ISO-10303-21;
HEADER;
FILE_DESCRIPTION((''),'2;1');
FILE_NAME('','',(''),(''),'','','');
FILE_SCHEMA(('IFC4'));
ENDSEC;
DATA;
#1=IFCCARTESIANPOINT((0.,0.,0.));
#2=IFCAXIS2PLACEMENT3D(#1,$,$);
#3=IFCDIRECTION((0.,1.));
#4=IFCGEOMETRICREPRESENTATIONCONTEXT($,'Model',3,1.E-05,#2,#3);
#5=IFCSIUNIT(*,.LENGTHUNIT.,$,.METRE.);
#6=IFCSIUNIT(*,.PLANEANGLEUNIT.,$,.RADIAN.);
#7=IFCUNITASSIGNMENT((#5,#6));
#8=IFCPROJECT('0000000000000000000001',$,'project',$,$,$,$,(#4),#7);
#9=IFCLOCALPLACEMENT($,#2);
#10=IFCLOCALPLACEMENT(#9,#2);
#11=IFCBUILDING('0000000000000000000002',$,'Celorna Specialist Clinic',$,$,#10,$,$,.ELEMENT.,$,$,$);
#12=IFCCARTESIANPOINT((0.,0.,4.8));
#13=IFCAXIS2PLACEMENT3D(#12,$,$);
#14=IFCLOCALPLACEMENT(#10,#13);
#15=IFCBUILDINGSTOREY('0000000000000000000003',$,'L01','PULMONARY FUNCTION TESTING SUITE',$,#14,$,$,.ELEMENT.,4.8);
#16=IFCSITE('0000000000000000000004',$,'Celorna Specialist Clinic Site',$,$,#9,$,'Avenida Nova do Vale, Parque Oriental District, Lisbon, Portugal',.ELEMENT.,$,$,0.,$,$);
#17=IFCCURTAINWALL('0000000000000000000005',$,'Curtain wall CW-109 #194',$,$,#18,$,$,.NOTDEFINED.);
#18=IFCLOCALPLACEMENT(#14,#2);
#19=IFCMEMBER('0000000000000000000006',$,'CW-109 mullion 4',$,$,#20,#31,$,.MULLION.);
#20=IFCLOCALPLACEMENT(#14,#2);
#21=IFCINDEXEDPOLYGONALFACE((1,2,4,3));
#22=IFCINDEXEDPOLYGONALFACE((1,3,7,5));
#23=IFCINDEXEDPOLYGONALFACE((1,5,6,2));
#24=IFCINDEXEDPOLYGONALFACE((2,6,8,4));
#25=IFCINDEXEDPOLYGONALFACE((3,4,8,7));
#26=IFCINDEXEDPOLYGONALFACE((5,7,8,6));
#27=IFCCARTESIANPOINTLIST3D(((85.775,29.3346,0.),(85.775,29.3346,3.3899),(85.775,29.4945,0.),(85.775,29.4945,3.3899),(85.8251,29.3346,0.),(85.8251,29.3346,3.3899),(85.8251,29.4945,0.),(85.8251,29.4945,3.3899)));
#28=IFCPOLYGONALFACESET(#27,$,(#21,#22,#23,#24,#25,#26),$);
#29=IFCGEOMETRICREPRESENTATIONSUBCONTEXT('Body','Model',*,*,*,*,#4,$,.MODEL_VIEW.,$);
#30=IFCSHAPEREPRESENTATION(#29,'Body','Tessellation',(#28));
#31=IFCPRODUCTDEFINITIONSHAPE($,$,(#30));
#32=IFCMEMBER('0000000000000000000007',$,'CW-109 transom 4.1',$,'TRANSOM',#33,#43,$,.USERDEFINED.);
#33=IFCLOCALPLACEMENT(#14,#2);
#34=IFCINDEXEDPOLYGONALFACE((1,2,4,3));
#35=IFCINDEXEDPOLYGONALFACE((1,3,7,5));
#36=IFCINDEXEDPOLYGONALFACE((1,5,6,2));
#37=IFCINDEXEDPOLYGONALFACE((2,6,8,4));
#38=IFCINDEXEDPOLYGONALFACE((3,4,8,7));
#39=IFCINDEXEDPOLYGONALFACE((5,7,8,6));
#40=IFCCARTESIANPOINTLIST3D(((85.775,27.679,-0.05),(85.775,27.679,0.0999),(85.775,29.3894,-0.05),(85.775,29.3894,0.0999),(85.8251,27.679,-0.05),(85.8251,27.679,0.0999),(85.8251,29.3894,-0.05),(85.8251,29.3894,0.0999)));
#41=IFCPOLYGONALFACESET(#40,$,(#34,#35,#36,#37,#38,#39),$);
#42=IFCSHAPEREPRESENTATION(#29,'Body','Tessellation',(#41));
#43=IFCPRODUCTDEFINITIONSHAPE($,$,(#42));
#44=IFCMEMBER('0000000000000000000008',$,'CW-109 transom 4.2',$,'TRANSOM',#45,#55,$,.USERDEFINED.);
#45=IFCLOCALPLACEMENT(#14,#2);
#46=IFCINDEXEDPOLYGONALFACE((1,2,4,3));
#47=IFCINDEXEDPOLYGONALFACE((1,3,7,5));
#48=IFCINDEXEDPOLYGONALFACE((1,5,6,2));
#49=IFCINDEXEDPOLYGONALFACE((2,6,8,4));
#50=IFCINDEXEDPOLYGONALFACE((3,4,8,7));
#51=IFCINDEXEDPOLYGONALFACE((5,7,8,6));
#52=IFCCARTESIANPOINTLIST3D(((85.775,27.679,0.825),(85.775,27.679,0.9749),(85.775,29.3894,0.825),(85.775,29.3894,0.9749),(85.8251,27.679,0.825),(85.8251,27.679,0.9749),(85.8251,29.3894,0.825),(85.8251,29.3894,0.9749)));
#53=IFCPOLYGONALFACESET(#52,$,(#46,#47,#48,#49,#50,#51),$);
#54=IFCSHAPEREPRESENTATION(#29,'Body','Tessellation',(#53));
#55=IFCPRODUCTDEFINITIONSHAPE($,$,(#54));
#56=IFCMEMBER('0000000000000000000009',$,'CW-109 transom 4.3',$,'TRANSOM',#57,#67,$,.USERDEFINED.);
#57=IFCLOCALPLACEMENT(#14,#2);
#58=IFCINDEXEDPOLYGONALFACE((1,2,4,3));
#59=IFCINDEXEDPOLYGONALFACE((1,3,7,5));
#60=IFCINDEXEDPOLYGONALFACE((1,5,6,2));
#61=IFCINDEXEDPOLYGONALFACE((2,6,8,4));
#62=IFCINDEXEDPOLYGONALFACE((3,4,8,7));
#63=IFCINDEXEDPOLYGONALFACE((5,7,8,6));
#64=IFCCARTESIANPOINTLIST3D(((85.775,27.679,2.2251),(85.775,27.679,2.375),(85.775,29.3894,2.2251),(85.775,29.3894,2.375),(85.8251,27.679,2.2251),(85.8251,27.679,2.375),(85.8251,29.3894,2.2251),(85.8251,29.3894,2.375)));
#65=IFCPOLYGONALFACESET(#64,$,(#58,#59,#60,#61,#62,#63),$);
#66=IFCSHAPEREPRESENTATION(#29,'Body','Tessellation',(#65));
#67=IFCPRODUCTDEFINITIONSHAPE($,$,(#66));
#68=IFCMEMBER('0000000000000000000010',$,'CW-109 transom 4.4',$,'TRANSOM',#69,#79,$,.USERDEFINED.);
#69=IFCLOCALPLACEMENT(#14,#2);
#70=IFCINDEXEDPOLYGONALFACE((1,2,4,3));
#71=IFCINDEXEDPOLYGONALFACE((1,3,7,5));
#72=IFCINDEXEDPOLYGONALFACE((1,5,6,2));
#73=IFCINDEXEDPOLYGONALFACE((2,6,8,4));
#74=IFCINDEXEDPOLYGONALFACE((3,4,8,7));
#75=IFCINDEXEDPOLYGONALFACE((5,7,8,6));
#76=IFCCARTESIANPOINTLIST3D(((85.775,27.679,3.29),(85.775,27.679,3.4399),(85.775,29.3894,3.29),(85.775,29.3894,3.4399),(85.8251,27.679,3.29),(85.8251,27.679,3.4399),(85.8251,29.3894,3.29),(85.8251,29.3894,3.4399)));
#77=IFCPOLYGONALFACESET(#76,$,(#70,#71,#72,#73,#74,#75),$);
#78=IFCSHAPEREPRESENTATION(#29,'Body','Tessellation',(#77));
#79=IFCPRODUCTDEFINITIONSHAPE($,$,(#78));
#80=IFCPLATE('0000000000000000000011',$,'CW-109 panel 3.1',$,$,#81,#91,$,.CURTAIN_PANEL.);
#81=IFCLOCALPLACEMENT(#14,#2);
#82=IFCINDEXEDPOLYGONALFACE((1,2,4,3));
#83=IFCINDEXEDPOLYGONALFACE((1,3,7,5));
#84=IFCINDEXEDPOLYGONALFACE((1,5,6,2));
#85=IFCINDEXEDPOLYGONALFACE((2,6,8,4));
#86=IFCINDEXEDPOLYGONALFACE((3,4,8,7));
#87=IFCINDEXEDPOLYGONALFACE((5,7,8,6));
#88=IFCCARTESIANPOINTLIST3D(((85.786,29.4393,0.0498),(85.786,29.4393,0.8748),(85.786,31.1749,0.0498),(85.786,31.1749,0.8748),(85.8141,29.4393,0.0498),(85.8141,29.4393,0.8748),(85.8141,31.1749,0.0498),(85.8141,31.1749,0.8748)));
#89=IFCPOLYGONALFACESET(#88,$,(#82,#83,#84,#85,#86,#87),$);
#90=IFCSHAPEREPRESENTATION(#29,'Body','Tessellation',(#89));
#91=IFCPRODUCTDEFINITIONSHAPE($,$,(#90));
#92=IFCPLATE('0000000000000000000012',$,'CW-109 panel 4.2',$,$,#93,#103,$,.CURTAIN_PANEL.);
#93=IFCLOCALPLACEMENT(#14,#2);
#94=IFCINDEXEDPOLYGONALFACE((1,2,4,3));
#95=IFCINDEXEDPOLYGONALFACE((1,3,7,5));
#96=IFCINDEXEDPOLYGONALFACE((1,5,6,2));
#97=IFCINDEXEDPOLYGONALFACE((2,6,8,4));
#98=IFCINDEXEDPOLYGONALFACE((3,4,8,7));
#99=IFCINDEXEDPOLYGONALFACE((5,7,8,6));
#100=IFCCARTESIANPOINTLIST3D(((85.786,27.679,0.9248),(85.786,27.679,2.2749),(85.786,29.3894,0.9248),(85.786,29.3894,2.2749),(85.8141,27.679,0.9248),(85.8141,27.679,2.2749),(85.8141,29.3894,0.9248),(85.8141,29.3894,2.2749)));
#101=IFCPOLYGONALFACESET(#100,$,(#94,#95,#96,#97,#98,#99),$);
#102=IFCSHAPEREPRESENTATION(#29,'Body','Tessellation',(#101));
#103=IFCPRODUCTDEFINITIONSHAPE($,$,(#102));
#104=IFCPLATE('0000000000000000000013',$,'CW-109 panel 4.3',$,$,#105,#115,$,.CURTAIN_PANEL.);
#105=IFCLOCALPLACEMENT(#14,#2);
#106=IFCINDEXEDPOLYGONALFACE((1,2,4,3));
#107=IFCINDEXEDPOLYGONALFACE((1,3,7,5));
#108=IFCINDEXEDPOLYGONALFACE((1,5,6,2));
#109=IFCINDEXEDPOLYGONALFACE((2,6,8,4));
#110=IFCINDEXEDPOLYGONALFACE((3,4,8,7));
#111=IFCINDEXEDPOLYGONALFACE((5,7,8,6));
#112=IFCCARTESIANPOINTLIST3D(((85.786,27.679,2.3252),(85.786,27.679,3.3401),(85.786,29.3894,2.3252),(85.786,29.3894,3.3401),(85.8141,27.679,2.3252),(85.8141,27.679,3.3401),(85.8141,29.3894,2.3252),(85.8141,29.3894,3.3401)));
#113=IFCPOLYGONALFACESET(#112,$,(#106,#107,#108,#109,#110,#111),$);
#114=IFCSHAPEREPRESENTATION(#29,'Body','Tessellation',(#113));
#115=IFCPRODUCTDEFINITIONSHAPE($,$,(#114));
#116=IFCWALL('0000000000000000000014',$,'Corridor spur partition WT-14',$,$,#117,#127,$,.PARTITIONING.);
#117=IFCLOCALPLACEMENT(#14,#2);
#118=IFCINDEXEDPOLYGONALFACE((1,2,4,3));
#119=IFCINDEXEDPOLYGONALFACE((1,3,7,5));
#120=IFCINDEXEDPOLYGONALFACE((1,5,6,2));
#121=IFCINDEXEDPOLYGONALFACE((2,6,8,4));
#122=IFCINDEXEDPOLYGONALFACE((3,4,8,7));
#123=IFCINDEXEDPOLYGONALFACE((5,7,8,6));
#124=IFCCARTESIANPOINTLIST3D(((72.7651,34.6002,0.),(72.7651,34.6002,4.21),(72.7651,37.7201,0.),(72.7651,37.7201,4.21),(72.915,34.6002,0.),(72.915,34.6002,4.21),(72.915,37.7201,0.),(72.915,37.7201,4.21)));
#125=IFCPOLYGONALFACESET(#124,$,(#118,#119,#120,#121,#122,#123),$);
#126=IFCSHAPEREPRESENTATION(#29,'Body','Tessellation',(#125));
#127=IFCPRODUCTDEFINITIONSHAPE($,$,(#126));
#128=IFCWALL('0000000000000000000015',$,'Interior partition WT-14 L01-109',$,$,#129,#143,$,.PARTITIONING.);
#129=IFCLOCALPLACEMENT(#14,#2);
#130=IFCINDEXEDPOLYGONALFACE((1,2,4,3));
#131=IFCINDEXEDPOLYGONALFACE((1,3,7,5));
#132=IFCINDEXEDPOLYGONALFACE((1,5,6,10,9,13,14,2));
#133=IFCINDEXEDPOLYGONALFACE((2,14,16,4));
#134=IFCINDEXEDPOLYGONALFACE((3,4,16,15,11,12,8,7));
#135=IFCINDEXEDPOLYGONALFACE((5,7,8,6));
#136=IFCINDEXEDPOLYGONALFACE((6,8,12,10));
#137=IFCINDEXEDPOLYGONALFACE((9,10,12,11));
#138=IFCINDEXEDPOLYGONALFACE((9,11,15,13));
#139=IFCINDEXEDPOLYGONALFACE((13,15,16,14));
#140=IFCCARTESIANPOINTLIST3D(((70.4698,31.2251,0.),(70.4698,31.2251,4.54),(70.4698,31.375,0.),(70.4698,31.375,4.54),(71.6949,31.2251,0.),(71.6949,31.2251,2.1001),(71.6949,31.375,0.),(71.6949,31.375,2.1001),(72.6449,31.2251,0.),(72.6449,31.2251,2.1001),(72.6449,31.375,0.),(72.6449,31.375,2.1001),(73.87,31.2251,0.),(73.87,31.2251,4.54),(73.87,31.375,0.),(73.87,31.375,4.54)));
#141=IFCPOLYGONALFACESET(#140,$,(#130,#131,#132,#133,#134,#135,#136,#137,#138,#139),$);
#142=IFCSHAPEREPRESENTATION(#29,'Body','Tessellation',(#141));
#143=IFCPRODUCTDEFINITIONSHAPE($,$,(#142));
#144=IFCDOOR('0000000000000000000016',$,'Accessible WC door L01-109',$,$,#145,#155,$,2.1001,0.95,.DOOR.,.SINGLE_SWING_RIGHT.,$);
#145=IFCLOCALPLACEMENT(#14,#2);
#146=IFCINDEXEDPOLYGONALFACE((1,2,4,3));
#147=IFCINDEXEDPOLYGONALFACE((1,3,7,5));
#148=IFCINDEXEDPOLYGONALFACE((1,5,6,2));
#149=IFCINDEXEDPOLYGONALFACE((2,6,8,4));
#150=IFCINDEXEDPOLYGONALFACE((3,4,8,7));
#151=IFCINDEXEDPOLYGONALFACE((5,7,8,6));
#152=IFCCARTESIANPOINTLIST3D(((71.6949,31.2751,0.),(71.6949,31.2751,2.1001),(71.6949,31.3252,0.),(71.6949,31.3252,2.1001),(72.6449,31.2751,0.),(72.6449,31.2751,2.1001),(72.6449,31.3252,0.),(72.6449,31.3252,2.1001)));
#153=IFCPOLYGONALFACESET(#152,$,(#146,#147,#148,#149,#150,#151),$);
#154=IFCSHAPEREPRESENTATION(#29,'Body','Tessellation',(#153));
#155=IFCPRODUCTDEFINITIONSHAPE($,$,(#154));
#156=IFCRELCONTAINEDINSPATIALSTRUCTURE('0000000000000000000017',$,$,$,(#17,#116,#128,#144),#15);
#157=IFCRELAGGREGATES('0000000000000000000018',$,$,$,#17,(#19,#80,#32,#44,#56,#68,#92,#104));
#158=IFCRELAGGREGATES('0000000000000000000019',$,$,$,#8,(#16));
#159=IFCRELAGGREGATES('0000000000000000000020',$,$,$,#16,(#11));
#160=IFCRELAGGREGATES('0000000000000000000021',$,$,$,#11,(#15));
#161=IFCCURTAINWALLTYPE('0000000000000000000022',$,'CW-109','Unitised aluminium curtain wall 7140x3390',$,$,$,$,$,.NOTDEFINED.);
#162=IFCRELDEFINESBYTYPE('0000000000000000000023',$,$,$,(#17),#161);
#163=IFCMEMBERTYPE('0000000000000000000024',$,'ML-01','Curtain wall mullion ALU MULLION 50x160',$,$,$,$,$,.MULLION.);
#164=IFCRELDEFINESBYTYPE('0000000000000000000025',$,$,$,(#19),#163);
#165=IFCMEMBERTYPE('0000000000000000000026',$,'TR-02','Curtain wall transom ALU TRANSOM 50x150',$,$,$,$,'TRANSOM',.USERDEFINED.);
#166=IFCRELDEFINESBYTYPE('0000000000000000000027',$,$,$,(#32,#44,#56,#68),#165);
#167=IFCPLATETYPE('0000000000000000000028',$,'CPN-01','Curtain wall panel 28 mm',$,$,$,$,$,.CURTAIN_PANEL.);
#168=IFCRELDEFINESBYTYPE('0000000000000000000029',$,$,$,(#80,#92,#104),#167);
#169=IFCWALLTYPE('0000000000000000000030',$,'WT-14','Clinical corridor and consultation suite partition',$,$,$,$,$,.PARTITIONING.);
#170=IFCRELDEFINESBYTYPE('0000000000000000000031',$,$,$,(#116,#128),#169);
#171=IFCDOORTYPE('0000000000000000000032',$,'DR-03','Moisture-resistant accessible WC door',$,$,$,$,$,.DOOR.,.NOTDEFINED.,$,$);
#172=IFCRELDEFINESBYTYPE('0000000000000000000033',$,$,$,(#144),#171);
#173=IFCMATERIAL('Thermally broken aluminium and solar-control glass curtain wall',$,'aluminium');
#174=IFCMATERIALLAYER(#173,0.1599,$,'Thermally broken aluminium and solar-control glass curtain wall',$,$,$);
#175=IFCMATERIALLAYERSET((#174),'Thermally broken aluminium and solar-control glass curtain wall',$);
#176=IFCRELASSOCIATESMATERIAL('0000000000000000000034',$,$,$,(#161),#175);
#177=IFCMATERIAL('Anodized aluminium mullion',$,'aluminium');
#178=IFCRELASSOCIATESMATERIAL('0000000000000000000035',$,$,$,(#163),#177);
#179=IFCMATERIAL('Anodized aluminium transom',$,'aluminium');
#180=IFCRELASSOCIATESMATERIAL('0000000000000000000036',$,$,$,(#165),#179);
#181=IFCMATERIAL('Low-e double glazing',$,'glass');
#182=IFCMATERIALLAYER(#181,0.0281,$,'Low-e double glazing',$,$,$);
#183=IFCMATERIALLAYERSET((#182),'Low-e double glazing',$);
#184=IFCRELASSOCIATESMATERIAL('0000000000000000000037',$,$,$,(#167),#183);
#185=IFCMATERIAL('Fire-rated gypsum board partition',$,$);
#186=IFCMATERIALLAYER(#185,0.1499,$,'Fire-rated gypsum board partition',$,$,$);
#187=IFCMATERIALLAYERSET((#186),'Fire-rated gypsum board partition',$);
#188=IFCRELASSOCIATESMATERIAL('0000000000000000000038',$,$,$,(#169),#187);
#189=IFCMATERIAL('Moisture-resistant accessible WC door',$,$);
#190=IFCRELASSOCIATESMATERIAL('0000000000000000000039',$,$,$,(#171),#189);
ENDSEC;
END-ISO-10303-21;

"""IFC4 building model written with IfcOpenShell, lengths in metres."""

from ifc_helpers import new_model, si_unit, direction, frame, frame_2d, origin, origin_2d, place, context, subcontext, project, spatial, rectangle, extrude, material, layer, layer_set, material_profile, profile_set, type_object, element, fill, aggregate, save


model = new_model("IFC4")

# Units and contexts
model_context = context("Model", 3, precision=1e-05, world=origin(), true_north=direction((0.0, 1.0)))
body_context = subcontext(model_context, "Body", "Model", "MODEL_VIEW")
ifc_project = project(units=[si_unit("LENGTHUNIT", "METRE"), si_unit("PLANEANGLEUNIT", "RADIAN")], contexts=[model_context])

# Site, building, storey
site_placement = place(None, origin())
site = spatial("IfcSite", under=ifc_project, at=site_placement, Name="Celorna Specialist Clinic Site", LongName="Avenida Nova do Vale, Parque Oriental District, Lisbon, Portugal", CompositionType="ELEMENT", RefElevation=0.0)
building_placement = place(site_placement, origin())
building = spatial("IfcBuilding", under=site, at=building_placement, Name="Celorna Specialist Clinic", CompositionType="ELEMENT")
storey_placement = place(building_placement, frame((0.0, 0.0, 4.8)))
storey = spatial("IfcBuildingStorey", under=building, at=storey_placement, Name="L01", Description="PULMONARY FUNCTION TESTING SUITE", CompositionType="ELEMENT", Elevation=4.8)

# Curtain wall, members, plates
ifc_material_1 = material(Name="Thermally broken aluminium and solar-control glass curtain wall", Category="aluminium")
ifc_layer_1 = layer(ifc_material_1, 0.1599, Name="Thermally broken aluminium and solar-control glass curtain wall")
ifc_layer_set_1 = layer_set([ifc_layer_1], Name="Thermally broken aluminium and solar-control glass curtain wall")
curtain_wall_type = type_object("IfcCurtainWallType", Name="CW-109", Description="Unitised aluminium curtain wall 7140x3390", PredefinedType="NOTDEFINED", material=ifc_layer_set_1)
curtain_wall_placement = place(storey_placement, origin())
curtain_wall = element("IfcCurtainWall", 1, at=curtain_wall_placement, inside=storey, type_object=curtain_wall_type, Name="Curtain wall CW-109 #194", PredefinedType="NOTDEFINED")
ifc_material_2 = material(Name="Anodized aluminium mullion", Category="aluminium")
ifc_material_profile_1 = material_profile(ifc_material_2, rectangle(XDim=0.05, YDim=0.1599, at=origin_2d()), Name="ALU MULLION 50x160")
ifc_profile_set_1 = profile_set([ifc_material_profile_1], Name="Anodized aluminium mullion")
member_type_1 = type_object("IfcMemberType", Name="ML-01", Description="Curtain wall mullion ALU MULLION 50x160", PredefinedType="MULLION", material=ifc_profile_set_1)
member_1_placement = place(storey_placement, frame((85.8, 29.4146, 0.0), z_axis=(0.0, 0.0, 1.0), x_axis=(1.0, 0.0, 0.0)))
member_1 = element("IfcMember", 2, at=member_1_placement, type_object=member_type_1, Name="CW-109 mullion 4", PredefinedType="MULLION", context=body_context, shape_type="SweptSolid", body=[
    extrude(rectangle(XDim=0.05, YDim=0.1599, at=origin_2d()), origin(), (0.0, 0.0, 1.0), 3.3899),
])
ifc_material_3 = material(Name="Anodized aluminium transom", Category="aluminium")
ifc_material_profile_2 = material_profile(ifc_material_3, rectangle(XDim=0.05, YDim=0.1499, at=origin_2d()), Name="ALU TRANSOM 50x150")
ifc_profile_set_2 = profile_set([ifc_material_profile_2], Name="Anodized aluminium transom")
member_type_2 = type_object("IfcMemberType", Name="TR-02", Description="Curtain wall transom ALU TRANSOM 50x150", ElementType="TRANSOM", PredefinedType="USERDEFINED", material=ifc_profile_set_2)
member_2_placement = place(storey_placement, frame((85.8, 29.3894, 0.0249), z_axis=(0.0, -1.0, 0.0), x_axis=(1.0, 0.0, 0.0)))
member_2 = element("IfcMember", 3, at=member_2_placement, type_object=member_type_2, Name="CW-109 transom 4.1", ObjectType="TRANSOM", PredefinedType="USERDEFINED", context=body_context, shape_type="SweptSolid", body=[
    extrude(rectangle(XDim=0.05, YDim=0.1499, at=origin_2d()), origin(), (0.0, 0.0, 1.0), 1.7104),
])
member_3_placement = place(storey_placement, frame((85.8, 29.3894, 0.8999), z_axis=(0.0, -1.0, 0.0), x_axis=(1.0, 0.0, 0.0)))
member_3 = element("IfcMember", 4, at=member_3_placement, type_object=member_type_2, Name="CW-109 transom 4.2", ObjectType="TRANSOM", PredefinedType="USERDEFINED", context=body_context, shape_type="SweptSolid", body=[
    extrude(rectangle(XDim=0.05, YDim=0.1499, at=origin_2d()), origin(), (0.0, 0.0, 1.0), 1.7104),
])
member_4_placement = place(storey_placement, frame((85.8, 29.3894, 2.3), z_axis=(0.0, -1.0, 0.0), x_axis=(1.0, 0.0, 0.0)))
member_4 = element("IfcMember", 5, at=member_4_placement, type_object=member_type_2, Name="CW-109 transom 4.3", ObjectType="TRANSOM", PredefinedType="USERDEFINED", context=body_context, shape_type="SweptSolid", body=[
    extrude(rectangle(XDim=0.05, YDim=0.1499, at=origin_2d()), origin(), (0.0, 0.0, 1.0), 1.7104),
])
member_5_placement = place(storey_placement, frame((85.8, 29.3894, 3.365), z_axis=(0.0, -1.0, 0.0), x_axis=(1.0, 0.0, 0.0)))
member_5 = element("IfcMember", 6, at=member_5_placement, type_object=member_type_2, Name="CW-109 transom 4.4", ObjectType="TRANSOM", PredefinedType="USERDEFINED", context=body_context, shape_type="SweptSolid", body=[
    extrude(rectangle(XDim=0.05, YDim=0.1499, at=origin_2d()), origin(), (0.0, 0.0, 1.0), 1.7104),
])
ifc_material_4 = material(Name="Low-e double glazing", Category="glass")
ifc_layer_2 = layer(ifc_material_4, 0.0281, Name="Low-e double glazing")
ifc_layer_set_2 = layer_set([ifc_layer_2], Name="Low-e double glazing")
plate_type = type_object("IfcPlateType", Name="CPN-01", Description="Curtain wall panel 28 mm", PredefinedType="CURTAIN_PANEL", material=ifc_layer_set_2)
plate_1_placement = place(storey_placement, frame((85.8, 30.3071, 0.0498), z_axis=(0.0, 0.0, 1.0), x_axis=(0.0, -1.0, 0.0)))
plate_1 = element("IfcPlate", 7, at=plate_1_placement, type_object=plate_type, Name="CW-109 panel 3.1", PredefinedType="CURTAIN_PANEL", context=body_context, shape_type="SweptSolid", body=[
    extrude(rectangle(XDim=1.7356, YDim=0.0281, at=origin_2d()), origin(), (0.0, 0.0, 1.0), 0.825),
])
plate_2_placement = place(storey_placement, frame((85.8, 28.5342, 0.9248), z_axis=(0.0, 0.0, 1.0), x_axis=(0.0, -1.0, 0.0)))
plate_2 = element("IfcPlate", 8, at=plate_2_placement, type_object=plate_type, Name="CW-109 panel 4.2", PredefinedType="CURTAIN_PANEL", context=body_context, shape_type="SweptSolid", body=[
    extrude(rectangle(XDim=1.7104, YDim=0.0281, at=origin_2d()), origin(), (0.0, 0.0, 1.0), 1.3501),
])
plate_3_placement = place(storey_placement, frame((85.8, 28.5342, 2.3252), z_axis=(0.0, 0.0, 1.0), x_axis=(0.0, -1.0, 0.0)))
plate_3 = element("IfcPlate", 9, at=plate_3_placement, type_object=plate_type, Name="CW-109 panel 4.3", PredefinedType="CURTAIN_PANEL", context=body_context, shape_type="SweptSolid", body=[
    extrude(rectangle(XDim=1.7104, YDim=0.0281, at=origin_2d()), origin(), (0.0, 0.0, 1.0), 1.0149),
])
aggregate(curtain_wall, [member_1, plate_1, member_2, member_3, member_4, member_5, plate_2, plate_3])

# Wall
ifc_material_5 = material(Name="Fire-rated gypsum board partition")
ifc_layer_3 = layer(ifc_material_5, 0.1499, Name="Fire-rated gypsum board partition")
ifc_layer_set_3 = layer_set([ifc_layer_3], Name="Fire-rated gypsum board partition")
wall_type_1 = type_object("IfcWallType", Name="WT-14", Description="Clinical corridor and consultation suite partition", PredefinedType="PARTITIONING", material=ifc_layer_set_3)
wall_1_placement = place(storey_placement, frame((72.8401, 34.6001, 0.0), z_axis=(0.0, 0.0, 1.0), x_axis=(0.0, 1.0, 0.0)))
element("IfcWall", 10, at=wall_1_placement, inside=storey, type_object=wall_type_1, Name="Corridor spur partition WT-14", PredefinedType="PARTITIONING", context=body_context, shape_type="SweptSolid", body=[
    extrude(rectangle(XDim=3.1199, YDim=0.1499, at=frame_2d((1.5601, 0.0))), origin(), (0.0, 0.0, 1.0), 4.21),
])

# Wall, opening, door
wall_2_placement = place(storey_placement, frame((73.8701, 31.3, 0.0), z_axis=(0.0, 0.0, 1.0), x_axis=(-1.0, 0.0, 0.0)))
wall_2 = element("IfcWall", 11, at=wall_2_placement, inside=storey, type_object=wall_type_1, Name="Interior partition WT-14 L01-109", PredefinedType="PARTITIONING", context=body_context, shape_type="SweptSolid", body=[
    extrude(rectangle(XDim=3.4001, YDim=0.1499, at=frame_2d((1.7002, 0.0))), origin(), (0.0, 0.0, 1.0), 4.54),
])
opening_1_placement = place(wall_2_placement, frame((1.2251, 0.0, 0.0)))
opening_1 = element("IfcOpeningElement", 12, at=opening_1_placement, cuts=wall_2, PredefinedType="OPENING", context=body_context, shape_type="SweptSolid", body=[
    extrude(rectangle(XDim=0.95, YDim=2.1001, at=frame_2d((0.4751, 1.05))), frame((0.0, 0.085, 0.0), z_axis=(0.0, -1.0, 0.0), x_axis=(1.0, 0.0, 0.0)), (0.0, 0.0, 1.0), 0.1699),
])
ifc_material_6 = material(Name="Moisture-resistant accessible WC door")
door_type_1 = type_object("IfcDoorType", Name="DR-03", Description="Moisture-resistant accessible WC door", OperationType="NOTDEFINED", PredefinedType="DOOR", material=ifc_material_6)
door_1_placement = place(opening_1_placement, origin())
door_1 = element("IfcDoor", 13, at=door_1_placement, inside=storey, type_object=door_type_1, Name="Accessible WC door L01-109", OperationType="SINGLE_SWING_RIGHT", OverallHeight=2.1001, OverallWidth=0.95, PredefinedType="DOOR", context=body_context, shape_type="SweptSolid", body=[
    extrude(rectangle(XDim=0.95, YDim=2.1001, at=frame_2d((0.4751, 1.05))), frame((0.0, 0.0249, 0.0), z_axis=(0.0, -1.0, 0.0), x_axis=(1.0, 0.0, 0.0)), (0.0, 0.0, 1.0), 0.05),
])
fill(opening_1, door_1)

save(model, "model.ifc")
